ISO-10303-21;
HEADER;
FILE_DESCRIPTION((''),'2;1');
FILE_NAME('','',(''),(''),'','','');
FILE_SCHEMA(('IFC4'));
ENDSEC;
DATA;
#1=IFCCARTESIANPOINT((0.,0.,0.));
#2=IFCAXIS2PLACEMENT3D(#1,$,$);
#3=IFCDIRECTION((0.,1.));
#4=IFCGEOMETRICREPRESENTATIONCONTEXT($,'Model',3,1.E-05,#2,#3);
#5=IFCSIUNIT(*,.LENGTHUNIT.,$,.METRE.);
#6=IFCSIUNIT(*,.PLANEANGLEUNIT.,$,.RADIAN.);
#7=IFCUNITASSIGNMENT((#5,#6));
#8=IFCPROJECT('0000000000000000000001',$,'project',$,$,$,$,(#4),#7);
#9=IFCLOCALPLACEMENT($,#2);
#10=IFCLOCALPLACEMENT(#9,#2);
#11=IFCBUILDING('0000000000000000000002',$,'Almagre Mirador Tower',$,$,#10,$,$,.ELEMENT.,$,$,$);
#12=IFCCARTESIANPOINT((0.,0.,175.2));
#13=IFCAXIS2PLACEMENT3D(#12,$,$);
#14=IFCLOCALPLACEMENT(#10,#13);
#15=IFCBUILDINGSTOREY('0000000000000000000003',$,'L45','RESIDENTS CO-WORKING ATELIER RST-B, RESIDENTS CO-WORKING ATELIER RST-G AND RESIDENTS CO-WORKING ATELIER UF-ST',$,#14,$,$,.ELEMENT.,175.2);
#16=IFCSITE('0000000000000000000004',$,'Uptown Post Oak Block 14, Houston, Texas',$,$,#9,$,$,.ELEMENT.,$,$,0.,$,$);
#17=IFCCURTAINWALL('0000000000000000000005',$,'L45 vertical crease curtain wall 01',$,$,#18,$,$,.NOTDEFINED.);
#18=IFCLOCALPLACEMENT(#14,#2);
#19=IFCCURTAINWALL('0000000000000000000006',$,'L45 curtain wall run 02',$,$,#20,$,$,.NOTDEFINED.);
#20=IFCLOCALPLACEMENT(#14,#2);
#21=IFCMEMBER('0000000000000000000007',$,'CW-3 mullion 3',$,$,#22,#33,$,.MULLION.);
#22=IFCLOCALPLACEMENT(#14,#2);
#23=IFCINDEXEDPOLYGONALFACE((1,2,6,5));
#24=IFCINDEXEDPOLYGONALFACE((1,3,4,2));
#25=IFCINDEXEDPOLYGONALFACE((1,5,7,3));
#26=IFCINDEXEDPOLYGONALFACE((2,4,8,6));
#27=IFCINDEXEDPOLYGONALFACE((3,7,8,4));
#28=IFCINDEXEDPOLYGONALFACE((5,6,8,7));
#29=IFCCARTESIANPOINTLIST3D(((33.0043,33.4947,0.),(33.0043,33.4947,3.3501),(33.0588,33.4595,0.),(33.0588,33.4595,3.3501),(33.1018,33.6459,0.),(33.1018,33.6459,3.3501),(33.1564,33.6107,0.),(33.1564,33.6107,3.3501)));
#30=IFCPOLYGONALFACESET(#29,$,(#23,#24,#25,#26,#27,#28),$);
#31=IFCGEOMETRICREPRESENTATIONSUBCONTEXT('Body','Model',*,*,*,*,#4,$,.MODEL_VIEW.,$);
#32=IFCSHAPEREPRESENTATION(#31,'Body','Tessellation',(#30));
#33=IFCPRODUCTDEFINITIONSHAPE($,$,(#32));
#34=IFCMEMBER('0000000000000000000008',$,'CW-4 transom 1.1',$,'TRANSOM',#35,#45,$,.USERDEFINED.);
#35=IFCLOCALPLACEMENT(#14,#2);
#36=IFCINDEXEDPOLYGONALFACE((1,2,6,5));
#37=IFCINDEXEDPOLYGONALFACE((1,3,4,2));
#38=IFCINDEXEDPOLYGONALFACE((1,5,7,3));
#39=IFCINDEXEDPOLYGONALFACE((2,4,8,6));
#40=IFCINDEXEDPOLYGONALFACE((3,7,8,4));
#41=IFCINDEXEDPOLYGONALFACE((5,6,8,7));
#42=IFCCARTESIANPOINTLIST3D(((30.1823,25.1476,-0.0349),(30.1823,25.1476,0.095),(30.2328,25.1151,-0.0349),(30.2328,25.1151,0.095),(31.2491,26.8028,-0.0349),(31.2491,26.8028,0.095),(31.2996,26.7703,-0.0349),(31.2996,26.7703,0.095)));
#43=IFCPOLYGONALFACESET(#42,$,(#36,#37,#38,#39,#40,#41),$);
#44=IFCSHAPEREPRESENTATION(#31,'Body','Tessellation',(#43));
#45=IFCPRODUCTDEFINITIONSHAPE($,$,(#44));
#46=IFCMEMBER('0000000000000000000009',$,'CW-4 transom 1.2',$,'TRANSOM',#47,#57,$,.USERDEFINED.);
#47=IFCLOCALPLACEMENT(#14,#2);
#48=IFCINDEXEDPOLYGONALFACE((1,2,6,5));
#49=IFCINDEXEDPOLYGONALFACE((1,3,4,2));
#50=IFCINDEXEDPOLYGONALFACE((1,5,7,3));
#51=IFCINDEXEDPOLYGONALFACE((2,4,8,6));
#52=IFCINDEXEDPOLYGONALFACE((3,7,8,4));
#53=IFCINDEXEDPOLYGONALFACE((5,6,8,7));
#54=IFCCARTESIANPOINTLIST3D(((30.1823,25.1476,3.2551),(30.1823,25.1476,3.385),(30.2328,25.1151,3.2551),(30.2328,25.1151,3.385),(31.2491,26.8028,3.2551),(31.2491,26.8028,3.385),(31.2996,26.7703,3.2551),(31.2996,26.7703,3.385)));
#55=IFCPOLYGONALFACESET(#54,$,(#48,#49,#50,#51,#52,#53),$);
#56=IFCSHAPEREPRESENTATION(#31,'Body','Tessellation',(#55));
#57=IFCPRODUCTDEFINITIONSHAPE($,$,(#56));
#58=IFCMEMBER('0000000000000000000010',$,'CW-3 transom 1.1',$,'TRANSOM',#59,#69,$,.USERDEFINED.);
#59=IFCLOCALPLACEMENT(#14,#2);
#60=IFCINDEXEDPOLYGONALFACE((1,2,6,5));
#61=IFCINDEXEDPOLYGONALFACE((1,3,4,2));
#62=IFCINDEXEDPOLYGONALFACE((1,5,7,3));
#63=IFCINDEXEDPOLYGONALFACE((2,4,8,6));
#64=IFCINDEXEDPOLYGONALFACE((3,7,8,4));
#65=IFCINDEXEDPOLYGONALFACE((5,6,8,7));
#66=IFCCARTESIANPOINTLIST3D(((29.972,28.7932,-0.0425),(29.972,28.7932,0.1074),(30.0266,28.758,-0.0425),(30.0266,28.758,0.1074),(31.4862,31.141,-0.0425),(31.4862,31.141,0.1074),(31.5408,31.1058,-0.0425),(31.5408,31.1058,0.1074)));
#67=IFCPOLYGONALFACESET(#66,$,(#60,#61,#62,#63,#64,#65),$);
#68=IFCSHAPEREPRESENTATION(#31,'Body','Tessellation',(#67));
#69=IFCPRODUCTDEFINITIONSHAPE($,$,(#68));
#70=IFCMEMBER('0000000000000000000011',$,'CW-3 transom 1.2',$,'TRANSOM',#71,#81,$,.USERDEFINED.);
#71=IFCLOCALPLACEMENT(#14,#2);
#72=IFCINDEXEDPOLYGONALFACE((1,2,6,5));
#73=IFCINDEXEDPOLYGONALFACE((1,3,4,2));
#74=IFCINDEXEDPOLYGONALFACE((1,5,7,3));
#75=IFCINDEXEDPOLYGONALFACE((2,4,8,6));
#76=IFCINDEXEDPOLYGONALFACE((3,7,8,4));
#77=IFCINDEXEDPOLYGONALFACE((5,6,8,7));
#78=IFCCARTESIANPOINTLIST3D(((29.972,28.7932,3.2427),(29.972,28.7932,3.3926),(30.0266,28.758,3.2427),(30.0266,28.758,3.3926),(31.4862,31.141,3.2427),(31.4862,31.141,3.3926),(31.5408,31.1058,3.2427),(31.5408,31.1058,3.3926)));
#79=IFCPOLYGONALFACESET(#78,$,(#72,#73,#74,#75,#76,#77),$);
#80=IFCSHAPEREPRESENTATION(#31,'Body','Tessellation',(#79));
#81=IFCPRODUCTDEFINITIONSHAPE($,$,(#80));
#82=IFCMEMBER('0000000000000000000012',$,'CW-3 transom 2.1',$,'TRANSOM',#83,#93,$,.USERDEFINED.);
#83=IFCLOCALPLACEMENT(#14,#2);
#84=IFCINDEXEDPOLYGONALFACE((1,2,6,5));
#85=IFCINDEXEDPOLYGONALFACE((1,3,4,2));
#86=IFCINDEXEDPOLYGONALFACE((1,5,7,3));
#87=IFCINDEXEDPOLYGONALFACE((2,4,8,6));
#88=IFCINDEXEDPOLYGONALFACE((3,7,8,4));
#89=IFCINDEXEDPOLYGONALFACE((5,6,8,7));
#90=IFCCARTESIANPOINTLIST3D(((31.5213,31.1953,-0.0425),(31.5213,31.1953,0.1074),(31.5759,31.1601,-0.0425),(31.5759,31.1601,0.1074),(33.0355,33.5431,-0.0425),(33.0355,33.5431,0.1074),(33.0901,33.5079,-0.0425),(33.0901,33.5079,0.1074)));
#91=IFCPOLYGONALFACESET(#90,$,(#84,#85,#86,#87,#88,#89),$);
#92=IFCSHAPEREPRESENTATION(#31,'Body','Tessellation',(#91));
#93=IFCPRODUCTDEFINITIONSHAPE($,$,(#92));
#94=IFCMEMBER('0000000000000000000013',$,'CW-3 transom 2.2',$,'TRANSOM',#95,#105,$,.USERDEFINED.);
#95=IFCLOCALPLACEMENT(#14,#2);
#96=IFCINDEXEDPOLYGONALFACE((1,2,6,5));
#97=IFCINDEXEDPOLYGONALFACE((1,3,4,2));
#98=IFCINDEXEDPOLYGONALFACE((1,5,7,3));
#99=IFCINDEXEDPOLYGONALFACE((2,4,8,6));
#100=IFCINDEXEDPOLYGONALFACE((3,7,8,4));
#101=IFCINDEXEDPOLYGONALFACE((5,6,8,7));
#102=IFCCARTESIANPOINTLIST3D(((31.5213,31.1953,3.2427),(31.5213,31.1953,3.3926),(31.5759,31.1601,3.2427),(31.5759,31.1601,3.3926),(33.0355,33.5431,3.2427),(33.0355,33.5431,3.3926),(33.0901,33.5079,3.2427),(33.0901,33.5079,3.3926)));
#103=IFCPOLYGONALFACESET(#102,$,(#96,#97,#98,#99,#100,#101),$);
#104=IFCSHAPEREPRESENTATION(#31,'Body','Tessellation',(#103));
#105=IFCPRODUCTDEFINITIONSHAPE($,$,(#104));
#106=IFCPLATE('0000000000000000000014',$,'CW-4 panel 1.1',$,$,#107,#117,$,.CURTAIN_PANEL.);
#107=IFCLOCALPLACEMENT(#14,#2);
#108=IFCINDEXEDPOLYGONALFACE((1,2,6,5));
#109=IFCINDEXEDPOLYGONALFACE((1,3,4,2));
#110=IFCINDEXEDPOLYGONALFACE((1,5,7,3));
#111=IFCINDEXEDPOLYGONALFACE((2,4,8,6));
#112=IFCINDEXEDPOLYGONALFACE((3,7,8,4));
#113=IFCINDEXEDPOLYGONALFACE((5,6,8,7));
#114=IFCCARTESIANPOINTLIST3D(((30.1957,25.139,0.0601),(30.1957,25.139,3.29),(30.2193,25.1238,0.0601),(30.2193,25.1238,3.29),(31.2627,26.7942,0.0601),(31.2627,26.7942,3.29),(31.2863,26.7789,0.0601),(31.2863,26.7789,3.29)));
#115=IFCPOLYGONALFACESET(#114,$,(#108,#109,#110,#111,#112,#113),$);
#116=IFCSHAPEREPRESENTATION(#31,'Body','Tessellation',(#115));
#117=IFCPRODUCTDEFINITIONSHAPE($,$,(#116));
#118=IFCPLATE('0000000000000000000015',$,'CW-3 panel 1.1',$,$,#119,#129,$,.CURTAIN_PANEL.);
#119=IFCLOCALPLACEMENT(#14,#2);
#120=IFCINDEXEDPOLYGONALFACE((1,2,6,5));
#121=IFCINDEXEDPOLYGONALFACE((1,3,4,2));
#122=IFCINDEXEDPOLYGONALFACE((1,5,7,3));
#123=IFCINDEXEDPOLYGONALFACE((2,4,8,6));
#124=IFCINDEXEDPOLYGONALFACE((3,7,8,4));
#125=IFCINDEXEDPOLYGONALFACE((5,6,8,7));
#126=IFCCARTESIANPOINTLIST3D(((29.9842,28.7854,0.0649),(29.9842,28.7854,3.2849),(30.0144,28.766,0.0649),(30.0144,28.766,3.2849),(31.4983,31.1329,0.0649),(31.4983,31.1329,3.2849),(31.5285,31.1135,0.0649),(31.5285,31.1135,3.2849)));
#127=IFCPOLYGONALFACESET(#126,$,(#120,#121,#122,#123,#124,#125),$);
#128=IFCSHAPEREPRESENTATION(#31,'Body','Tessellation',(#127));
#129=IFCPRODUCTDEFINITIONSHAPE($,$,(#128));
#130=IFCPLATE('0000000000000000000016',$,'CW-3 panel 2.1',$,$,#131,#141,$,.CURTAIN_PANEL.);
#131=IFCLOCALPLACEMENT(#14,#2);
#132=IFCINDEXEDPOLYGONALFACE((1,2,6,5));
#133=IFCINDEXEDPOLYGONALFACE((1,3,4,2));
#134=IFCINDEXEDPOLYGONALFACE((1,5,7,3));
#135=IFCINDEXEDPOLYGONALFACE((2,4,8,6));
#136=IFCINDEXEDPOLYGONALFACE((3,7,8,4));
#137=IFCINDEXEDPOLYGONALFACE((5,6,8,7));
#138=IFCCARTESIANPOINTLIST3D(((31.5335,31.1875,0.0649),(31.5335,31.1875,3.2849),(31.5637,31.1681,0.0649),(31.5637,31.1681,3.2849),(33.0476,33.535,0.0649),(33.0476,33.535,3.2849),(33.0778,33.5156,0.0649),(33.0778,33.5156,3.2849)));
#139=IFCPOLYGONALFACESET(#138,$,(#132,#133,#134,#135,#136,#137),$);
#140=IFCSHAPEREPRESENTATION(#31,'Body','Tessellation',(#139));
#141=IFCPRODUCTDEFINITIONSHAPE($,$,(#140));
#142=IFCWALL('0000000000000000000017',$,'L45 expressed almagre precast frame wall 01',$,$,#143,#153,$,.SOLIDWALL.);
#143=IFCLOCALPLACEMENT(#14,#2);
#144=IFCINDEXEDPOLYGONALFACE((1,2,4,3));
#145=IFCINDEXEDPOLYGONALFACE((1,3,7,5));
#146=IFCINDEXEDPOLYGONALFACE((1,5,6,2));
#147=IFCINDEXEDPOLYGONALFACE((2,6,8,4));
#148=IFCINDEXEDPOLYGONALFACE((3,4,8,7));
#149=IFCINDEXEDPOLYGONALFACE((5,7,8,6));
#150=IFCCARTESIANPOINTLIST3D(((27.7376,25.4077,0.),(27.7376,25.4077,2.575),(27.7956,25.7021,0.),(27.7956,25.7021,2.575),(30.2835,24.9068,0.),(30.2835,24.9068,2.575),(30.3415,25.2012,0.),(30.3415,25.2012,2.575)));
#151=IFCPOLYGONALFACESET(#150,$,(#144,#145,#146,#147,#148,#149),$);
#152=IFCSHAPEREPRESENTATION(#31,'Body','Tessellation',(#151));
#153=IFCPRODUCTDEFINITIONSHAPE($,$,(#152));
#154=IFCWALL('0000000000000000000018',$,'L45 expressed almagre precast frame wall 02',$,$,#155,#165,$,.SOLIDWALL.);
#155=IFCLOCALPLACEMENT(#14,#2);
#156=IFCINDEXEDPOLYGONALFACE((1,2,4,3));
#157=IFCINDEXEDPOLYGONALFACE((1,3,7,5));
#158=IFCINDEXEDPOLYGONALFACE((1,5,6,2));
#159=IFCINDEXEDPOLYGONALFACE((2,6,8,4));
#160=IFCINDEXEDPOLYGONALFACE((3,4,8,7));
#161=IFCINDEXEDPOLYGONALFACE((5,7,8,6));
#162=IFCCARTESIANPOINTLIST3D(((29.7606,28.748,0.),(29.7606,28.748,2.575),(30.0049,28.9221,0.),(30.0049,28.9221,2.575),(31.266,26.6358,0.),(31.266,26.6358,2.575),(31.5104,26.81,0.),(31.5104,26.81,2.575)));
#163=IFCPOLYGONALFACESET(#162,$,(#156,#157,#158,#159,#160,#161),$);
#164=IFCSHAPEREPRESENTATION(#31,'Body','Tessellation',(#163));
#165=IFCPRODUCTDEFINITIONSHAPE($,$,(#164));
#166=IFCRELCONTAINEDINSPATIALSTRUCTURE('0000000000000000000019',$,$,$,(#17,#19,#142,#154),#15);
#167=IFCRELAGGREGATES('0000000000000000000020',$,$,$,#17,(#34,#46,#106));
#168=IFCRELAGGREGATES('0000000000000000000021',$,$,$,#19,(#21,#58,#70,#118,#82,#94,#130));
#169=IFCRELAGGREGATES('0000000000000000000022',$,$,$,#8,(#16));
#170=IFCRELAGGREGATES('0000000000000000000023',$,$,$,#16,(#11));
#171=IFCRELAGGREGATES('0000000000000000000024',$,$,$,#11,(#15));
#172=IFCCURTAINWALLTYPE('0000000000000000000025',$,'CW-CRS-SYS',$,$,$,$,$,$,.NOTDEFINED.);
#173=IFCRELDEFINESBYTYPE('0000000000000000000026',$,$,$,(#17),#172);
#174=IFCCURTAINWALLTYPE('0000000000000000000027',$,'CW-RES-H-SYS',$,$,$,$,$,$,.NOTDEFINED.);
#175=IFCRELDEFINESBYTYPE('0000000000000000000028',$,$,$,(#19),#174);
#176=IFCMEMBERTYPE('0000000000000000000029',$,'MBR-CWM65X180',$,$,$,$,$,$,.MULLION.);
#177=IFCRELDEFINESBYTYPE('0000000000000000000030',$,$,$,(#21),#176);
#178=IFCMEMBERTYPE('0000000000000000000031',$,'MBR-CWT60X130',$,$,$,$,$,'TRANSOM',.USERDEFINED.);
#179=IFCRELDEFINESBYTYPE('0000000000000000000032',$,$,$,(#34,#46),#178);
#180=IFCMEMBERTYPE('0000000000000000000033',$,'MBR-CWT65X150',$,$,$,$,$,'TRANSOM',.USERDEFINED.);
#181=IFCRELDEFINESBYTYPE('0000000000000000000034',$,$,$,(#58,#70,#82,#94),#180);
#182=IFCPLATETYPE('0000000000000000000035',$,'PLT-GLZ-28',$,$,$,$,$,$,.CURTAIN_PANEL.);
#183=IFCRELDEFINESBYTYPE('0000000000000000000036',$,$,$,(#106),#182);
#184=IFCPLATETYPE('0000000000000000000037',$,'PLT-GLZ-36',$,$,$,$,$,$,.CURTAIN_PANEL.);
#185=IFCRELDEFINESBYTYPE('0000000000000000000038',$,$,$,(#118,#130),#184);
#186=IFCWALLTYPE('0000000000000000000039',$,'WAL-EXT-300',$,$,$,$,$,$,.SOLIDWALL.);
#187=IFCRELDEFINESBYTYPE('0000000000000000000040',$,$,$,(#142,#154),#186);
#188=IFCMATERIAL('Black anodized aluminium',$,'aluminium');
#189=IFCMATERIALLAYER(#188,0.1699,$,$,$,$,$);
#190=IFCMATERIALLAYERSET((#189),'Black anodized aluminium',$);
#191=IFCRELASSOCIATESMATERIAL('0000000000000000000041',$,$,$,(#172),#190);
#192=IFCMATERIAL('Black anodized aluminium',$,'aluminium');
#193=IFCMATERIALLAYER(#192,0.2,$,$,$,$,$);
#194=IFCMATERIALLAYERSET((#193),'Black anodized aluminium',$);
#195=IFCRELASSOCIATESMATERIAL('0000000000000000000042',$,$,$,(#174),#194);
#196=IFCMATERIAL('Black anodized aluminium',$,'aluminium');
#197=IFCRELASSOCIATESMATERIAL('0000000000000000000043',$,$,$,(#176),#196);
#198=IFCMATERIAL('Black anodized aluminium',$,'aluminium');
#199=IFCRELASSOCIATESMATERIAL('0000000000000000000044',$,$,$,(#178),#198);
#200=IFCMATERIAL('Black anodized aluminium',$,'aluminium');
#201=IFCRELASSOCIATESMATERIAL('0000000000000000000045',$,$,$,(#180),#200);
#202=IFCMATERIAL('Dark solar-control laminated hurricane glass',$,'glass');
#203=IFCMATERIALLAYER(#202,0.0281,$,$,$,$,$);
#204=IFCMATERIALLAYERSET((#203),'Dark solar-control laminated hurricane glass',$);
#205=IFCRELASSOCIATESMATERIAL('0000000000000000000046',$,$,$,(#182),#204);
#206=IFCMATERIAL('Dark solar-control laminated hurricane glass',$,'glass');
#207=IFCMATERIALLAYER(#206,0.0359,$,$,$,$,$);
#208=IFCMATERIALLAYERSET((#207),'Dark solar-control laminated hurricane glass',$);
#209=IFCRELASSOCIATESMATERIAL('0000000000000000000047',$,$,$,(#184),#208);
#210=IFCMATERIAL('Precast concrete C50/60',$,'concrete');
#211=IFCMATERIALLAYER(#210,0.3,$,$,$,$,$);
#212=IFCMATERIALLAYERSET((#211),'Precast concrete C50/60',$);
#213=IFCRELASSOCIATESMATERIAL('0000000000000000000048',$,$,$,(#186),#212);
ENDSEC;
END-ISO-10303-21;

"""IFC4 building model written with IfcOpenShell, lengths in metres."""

from ifc_helpers import new_model, si_unit, direction, frame, frame_2d, origin, origin_2d, place, context, subcontext, project, spatial, rectangle, extrude, material, layer, layer_set, material_profile, profile_set, type_object, element, aggregate, save


model = new_model("IFC4")

# Units and contexts
model_context = context("Model", 3, precision=1e-05, world=origin(), true_north=direction((0.0, 1.0)))
body_context = subcontext(model_context, "Body", "Model", "MODEL_VIEW")
ifc_project = project(units=[si_unit("LENGTHUNIT", "METRE"), si_unit("PLANEANGLEUNIT", "RADIAN")], contexts=[model_context])

# Site, building, storey
site_placement = place(None, origin())
site = spatial("IfcSite", under=ifc_project, at=site_placement, Name="Uptown Post Oak Block 14, Houston, Texas", CompositionType="ELEMENT", RefElevation=0.0)
building_placement = place(site_placement, origin())
building = spatial("IfcBuilding", under=site, at=building_placement, Name="Almagre Mirador Tower", CompositionType="ELEMENT")
storey_placement = place(building_placement, frame((0.0, 0.0, 175.2)))
storey = spatial("IfcBuildingStorey", under=building, at=storey_placement, Name="L45", Description="RESIDENTS CO-WORKING ATELIER RST-B, RESIDENTS CO-WORKING ATELIER RST-G AND RESIDENTS CO-WORKING ATELIER UF-ST", CompositionType="ELEMENT", Elevation=175.2)

# Curtain walls, member
ifc_material_1 = material(Name="Black anodized aluminium", Category="aluminium")
ifc_layer_1 = layer(ifc_material_1, 0.1699)
ifc_layer_set_1 = layer_set([ifc_layer_1], Name="Black anodized aluminium")
curtain_wall_type_1 = type_object("IfcCurtainWallType", Name="CW-CRS-SYS", PredefinedType="NOTDEFINED", material=ifc_layer_set_1)
curtain_wall_1_placement = place(storey_placement, origin())
curtain_wall_1 = element("IfcCurtainWall", 1, at=curtain_wall_1_placement, inside=storey, type_object=curtain_wall_type_1, Name="L45 vertical crease curtain wall 01", PredefinedType="NOTDEFINED")
ifc_material_2 = material(Name="Black anodized aluminium", Category="aluminium")
ifc_layer_2 = layer(ifc_material_2, 0.2)
ifc_layer_set_2 = layer_set([ifc_layer_2], Name="Black anodized aluminium")
curtain_wall_type_2 = type_object("IfcCurtainWallType", Name="CW-RES-H-SYS", PredefinedType="NOTDEFINED", material=ifc_layer_set_2)
curtain_wall_2_placement = place(storey_placement, origin())
curtain_wall_2 = element("IfcCurtainWall", 2, at=curtain_wall_2_placement, inside=storey, type_object=curtain_wall_type_2, Name="L45 curtain wall run 02", PredefinedType="NOTDEFINED")
ifc_material_3 = material(Name="Black anodized aluminium", Category="aluminium")
ifc_material_profile_1 = material_profile(ifc_material_3, rectangle(XDim=0.0649, YDim=0.1799, at=origin_2d()), Name="CWM65X180")
ifc_profile_set_1 = profile_set([ifc_material_profile_1], Name="Black anodized aluminium")
member_type_1 = type_object("IfcMemberType", Name="MBR-CWM65X180", PredefinedType="MULLION", material=ifc_profile_set_1)
member_1_placement = place(storey_placement, frame((33.0803, 33.5527, 0.0), z_axis=(0.0, 0.0, 1.0), x_axis=(-0.840363, 0.542024, 0.0)))
member_1 = element("IfcMember", 3, at=member_1_placement, type_object=member_type_1, Name="CW-3 mullion 3", PredefinedType="MULLION", context=body_context, shape_type="SweptSolid", body=[
    extrude(rectangle(XDim=0.0649, YDim=0.1799, at=origin_2d()), origin(), (0.0, 0.0, 1.0), 3.3501),
])

# Members
ifc_material_4 = material(Name="Black anodized aluminium", Category="aluminium")
ifc_material_profile_2 = material_profile(ifc_material_4, rectangle(XDim=0.0601, YDim=0.1299, at=origin_2d()), Name="CWT60X130")
ifc_profile_set_2 = profile_set([ifc_material_profile_2], Name="Black anodized aluminium")
member_type_2 = type_object("IfcMemberType", Name="MBR-CWT60X130", ElementType="TRANSOM", PredefinedType="USERDEFINED", material=ifc_profile_set_2)
member_2_placement = place(storey_placement, frame((30.2075, 25.1313, 0.03), z_axis=(0.54176, 0.840533, 0.0), x_axis=(-0.840533, 0.54176, 0.0)))
member_2 = element("IfcMember", 4, at=member_2_placement, type_object=member_type_2, Name="CW-4 transom 1.1", ObjectType="TRANSOM", PredefinedType="USERDEFINED", context=body_context, shape_type="SweptSolid", body=[
    extrude(rectangle(XDim=0.0601, YDim=0.1299, at=origin_2d()), origin(), (0.0, 0.0, 1.0), 1.9692),
])
member_3_placement = place(storey_placement, frame((30.2075, 25.1313, 3.3201), z_axis=(0.54176, 0.840533, 0.0), x_axis=(-0.840533, 0.54176, 0.0)))
member_3 = element("IfcMember", 5, at=member_3_placement, type_object=member_type_2, Name="CW-4 transom 1.2", ObjectType="TRANSOM", PredefinedType="USERDEFINED", context=body_context, shape_type="SweptSolid", body=[
    extrude(rectangle(XDim=0.0601, YDim=0.1299, at=origin_2d()), origin(), (0.0, 0.0, 1.0), 1.9692),
])
ifc_material_5 = material(Name="Black anodized aluminium", Category="aluminium")
ifc_material_profile_3 = material_profile(ifc_material_5, rectangle(XDim=0.0649, YDim=0.1499, at=origin_2d()), Name="CWT65X150")
ifc_profile_set_3 = profile_set([ifc_material_profile_3], Name="Black anodized aluminium")
member_type_3 = type_object("IfcMemberType", Name="MBR-CWT65X150", ElementType="TRANSOM", PredefinedType="USERDEFINED", material=ifc_profile_set_3)
member_4_placement = place(storey_placement, frame((29.9993, 28.7756, 0.0325), z_axis=(0.542011, 0.840371, 0.0), x_axis=(-0.840371, 0.542011, 0.0)))
member_4 = element("IfcMember", 6, at=member_4_placement, type_object=member_type_3, Name="CW-3 transom 1.1", ObjectType="TRANSOM", PredefinedType="USERDEFINED", context=body_context, shape_type="SweptSolid", body=[
    extrude(rectangle(XDim=0.0649, YDim=0.1499, at=origin_2d()), origin(), (0.0, 0.0, 1.0), 2.7937),
])
member_5_placement = place(storey_placement, frame((29.9993, 28.7756, 3.3176), z_axis=(0.542011, 0.840371, 0.0), x_axis=(-0.840371, 0.542011, 0.0)))
member_5 = element("IfcMember", 7, at=member_5_placement, type_object=member_type_3, Name="CW-3 transom 1.2", ObjectType="TRANSOM", PredefinedType="USERDEFINED", context=body_context, shape_type="SweptSolid", body=[
    extrude(rectangle(XDim=0.0649, YDim=0.1499, at=origin_2d()), origin(), (0.0, 0.0, 1.0), 2.7937),
])
member_6_placement = place(storey_placement, frame((31.5486, 31.1777, 0.0325), z_axis=(0.542011, 0.840371, 0.0), x_axis=(-0.840371, 0.542011, 0.0)))
member_6 = element("IfcMember", 8, at=member_6_placement, type_object=member_type_3, Name="CW-3 transom 2.1", ObjectType="TRANSOM", PredefinedType="USERDEFINED", context=body_context, shape_type="SweptSolid", body=[
    extrude(rectangle(XDim=0.0649, YDim=0.1499, at=origin_2d()), origin(), (0.0, 0.0, 1.0), 2.7937),
])
member_7_placement = place(storey_placement, frame((31.5486, 31.1777, 3.3176), z_axis=(0.542011, 0.840371, 0.0), x_axis=(-0.840371, 0.542011, 0.0)))
member_7 = element("IfcMember", 9, at=member_7_placement, type_object=member_type_3, Name="CW-3 transom 2.2", ObjectType="TRANSOM", PredefinedType="USERDEFINED", context=body_context, shape_type="SweptSolid", body=[
    extrude(rectangle(XDim=0.0649, YDim=0.1499, at=origin_2d()), origin(), (0.0, 0.0, 1.0), 2.7937),
])

# Plates
ifc_material_6 = material(Name="Dark solar-control laminated hurricane glass", Category="glass")
ifc_layer_3 = layer(ifc_material_6, 0.0281)
ifc_layer_set_3 = layer_set([ifc_layer_3], Name="Dark solar-control laminated hurricane glass")
plate_type_1 = type_object("IfcPlateType", Name="PLT-GLZ-28", PredefinedType="CURTAIN_PANEL", material=ifc_layer_set_3)
plate_1_placement = place(storey_placement, frame((30.741, 25.959, 0.0601), z_axis=(0.0, 0.0, 1.0), x_axis=(0.541822, 0.840494, 0.0)))
plate_1 = element("IfcPlate", 10, at=plate_1_placement, type_object=plate_type_1, Name="CW-4 panel 1.1", PredefinedType="CURTAIN_PANEL", context=body_context, shape_type="SweptSolid", body=[
    extrude(rectangle(XDim=1.9692, YDim=0.0281, at=origin_2d()), origin(), (0.0, 0.0, 1.0), 3.23),
])
aggregate(curtain_wall_1, [member_2, member_3, plate_1])
ifc_material_7 = material(Name="Dark solar-control laminated hurricane glass", Category="glass")
ifc_layer_4 = layer(ifc_material_7, 0.0359)
ifc_layer_set_4 = layer_set([ifc_layer_4], Name="Dark solar-control laminated hurricane glass")
plate_type_2 = type_object("IfcPlateType", Name="PLT-GLZ-36", PredefinedType="CURTAIN_PANEL", material=ifc_layer_set_4)
plate_2_placement = place(storey_placement, frame((30.7563, 29.9495, 0.0649), z_axis=(0.0, 0.0, 1.0), x_axis=(0.542024, 0.840363, 0.0)))
plate_2 = element("IfcPlate", 11, at=plate_2_placement, type_object=plate_type_2, Name="CW-3 panel 1.1", PredefinedType="CURTAIN_PANEL", context=body_context, shape_type="SweptSolid", body=[
    extrude(rectangle(XDim=2.7935, YDim=0.0359, at=origin_2d()), origin(), (0.0, 0.0, 1.0), 3.22),
])
plate_3_placement = place(storey_placement, frame((32.3057, 32.3516, 0.0649), z_axis=(0.0, 0.0, 1.0), x_axis=(0.542024, 0.840363, 0.0)))
plate_3 = element("IfcPlate", 12, at=plate_3_placement, type_object=plate_type_2, Name="CW-3 panel 2.1", PredefinedType="CURTAIN_PANEL", context=body_context, shape_type="SweptSolid", body=[
    extrude(rectangle(XDim=2.7935, YDim=0.0359, at=origin_2d()), origin(), (0.0, 0.0, 1.0), 3.22),
])
aggregate(curtain_wall_2, [member_1, member_4, member_5, plate_2, member_6, member_7, plate_3])

# Walls
ifc_material_8 = material(Name="Precast concrete C50/60", Category="concrete")
ifc_layer_5 = layer(ifc_material_8, 0.3)
ifc_layer_set_5 = layer_set([ifc_layer_5], Name="Precast concrete C50/60")
wall_type_1 = type_object("IfcWallType", Name="WAL-EXT-300", PredefinedType="SOLIDWALL", material=ifc_layer_set_5)
wall_1_placement = place(storey_placement, frame((27.7666, 25.5549, 0.0), z_axis=(0.0, 0.0, 1.0), x_axis=(0.981184, -0.193075, 0.0)))
element("IfcWall", 13, at=wall_1_placement, inside=storey, type_object=wall_type_1, Name="L45 expressed almagre precast frame wall 01", PredefinedType="SOLIDWALL", context=body_context, shape_type="SweptSolid", body=[
    extrude(rectangle(XDim=2.5947, YDim=0.3, at=frame_2d((1.2974, 0.0))), origin(), (0.0, 0.0, 1.0), 2.575),
])
wall_2_placement = place(storey_placement, frame((31.3882, 26.7229, 0.0), z_axis=(0.0, 0.0, 1.0), x_axis=(-0.58041, 0.814325, 0.0)))
element("IfcWall", 14, at=wall_2_placement, inside=storey, type_object=wall_type_1, Name="L45 expressed almagre precast frame wall 02", PredefinedType="SOLIDWALL", context=body_context, shape_type="SweptSolid", body=[
    extrude(rectangle(XDim=2.5938, YDim=0.3, at=frame_2d((1.2969, 0.0))), origin(), (0.0, 0.0, 1.0), 2.575),
])

save(model, "model.ifc")
